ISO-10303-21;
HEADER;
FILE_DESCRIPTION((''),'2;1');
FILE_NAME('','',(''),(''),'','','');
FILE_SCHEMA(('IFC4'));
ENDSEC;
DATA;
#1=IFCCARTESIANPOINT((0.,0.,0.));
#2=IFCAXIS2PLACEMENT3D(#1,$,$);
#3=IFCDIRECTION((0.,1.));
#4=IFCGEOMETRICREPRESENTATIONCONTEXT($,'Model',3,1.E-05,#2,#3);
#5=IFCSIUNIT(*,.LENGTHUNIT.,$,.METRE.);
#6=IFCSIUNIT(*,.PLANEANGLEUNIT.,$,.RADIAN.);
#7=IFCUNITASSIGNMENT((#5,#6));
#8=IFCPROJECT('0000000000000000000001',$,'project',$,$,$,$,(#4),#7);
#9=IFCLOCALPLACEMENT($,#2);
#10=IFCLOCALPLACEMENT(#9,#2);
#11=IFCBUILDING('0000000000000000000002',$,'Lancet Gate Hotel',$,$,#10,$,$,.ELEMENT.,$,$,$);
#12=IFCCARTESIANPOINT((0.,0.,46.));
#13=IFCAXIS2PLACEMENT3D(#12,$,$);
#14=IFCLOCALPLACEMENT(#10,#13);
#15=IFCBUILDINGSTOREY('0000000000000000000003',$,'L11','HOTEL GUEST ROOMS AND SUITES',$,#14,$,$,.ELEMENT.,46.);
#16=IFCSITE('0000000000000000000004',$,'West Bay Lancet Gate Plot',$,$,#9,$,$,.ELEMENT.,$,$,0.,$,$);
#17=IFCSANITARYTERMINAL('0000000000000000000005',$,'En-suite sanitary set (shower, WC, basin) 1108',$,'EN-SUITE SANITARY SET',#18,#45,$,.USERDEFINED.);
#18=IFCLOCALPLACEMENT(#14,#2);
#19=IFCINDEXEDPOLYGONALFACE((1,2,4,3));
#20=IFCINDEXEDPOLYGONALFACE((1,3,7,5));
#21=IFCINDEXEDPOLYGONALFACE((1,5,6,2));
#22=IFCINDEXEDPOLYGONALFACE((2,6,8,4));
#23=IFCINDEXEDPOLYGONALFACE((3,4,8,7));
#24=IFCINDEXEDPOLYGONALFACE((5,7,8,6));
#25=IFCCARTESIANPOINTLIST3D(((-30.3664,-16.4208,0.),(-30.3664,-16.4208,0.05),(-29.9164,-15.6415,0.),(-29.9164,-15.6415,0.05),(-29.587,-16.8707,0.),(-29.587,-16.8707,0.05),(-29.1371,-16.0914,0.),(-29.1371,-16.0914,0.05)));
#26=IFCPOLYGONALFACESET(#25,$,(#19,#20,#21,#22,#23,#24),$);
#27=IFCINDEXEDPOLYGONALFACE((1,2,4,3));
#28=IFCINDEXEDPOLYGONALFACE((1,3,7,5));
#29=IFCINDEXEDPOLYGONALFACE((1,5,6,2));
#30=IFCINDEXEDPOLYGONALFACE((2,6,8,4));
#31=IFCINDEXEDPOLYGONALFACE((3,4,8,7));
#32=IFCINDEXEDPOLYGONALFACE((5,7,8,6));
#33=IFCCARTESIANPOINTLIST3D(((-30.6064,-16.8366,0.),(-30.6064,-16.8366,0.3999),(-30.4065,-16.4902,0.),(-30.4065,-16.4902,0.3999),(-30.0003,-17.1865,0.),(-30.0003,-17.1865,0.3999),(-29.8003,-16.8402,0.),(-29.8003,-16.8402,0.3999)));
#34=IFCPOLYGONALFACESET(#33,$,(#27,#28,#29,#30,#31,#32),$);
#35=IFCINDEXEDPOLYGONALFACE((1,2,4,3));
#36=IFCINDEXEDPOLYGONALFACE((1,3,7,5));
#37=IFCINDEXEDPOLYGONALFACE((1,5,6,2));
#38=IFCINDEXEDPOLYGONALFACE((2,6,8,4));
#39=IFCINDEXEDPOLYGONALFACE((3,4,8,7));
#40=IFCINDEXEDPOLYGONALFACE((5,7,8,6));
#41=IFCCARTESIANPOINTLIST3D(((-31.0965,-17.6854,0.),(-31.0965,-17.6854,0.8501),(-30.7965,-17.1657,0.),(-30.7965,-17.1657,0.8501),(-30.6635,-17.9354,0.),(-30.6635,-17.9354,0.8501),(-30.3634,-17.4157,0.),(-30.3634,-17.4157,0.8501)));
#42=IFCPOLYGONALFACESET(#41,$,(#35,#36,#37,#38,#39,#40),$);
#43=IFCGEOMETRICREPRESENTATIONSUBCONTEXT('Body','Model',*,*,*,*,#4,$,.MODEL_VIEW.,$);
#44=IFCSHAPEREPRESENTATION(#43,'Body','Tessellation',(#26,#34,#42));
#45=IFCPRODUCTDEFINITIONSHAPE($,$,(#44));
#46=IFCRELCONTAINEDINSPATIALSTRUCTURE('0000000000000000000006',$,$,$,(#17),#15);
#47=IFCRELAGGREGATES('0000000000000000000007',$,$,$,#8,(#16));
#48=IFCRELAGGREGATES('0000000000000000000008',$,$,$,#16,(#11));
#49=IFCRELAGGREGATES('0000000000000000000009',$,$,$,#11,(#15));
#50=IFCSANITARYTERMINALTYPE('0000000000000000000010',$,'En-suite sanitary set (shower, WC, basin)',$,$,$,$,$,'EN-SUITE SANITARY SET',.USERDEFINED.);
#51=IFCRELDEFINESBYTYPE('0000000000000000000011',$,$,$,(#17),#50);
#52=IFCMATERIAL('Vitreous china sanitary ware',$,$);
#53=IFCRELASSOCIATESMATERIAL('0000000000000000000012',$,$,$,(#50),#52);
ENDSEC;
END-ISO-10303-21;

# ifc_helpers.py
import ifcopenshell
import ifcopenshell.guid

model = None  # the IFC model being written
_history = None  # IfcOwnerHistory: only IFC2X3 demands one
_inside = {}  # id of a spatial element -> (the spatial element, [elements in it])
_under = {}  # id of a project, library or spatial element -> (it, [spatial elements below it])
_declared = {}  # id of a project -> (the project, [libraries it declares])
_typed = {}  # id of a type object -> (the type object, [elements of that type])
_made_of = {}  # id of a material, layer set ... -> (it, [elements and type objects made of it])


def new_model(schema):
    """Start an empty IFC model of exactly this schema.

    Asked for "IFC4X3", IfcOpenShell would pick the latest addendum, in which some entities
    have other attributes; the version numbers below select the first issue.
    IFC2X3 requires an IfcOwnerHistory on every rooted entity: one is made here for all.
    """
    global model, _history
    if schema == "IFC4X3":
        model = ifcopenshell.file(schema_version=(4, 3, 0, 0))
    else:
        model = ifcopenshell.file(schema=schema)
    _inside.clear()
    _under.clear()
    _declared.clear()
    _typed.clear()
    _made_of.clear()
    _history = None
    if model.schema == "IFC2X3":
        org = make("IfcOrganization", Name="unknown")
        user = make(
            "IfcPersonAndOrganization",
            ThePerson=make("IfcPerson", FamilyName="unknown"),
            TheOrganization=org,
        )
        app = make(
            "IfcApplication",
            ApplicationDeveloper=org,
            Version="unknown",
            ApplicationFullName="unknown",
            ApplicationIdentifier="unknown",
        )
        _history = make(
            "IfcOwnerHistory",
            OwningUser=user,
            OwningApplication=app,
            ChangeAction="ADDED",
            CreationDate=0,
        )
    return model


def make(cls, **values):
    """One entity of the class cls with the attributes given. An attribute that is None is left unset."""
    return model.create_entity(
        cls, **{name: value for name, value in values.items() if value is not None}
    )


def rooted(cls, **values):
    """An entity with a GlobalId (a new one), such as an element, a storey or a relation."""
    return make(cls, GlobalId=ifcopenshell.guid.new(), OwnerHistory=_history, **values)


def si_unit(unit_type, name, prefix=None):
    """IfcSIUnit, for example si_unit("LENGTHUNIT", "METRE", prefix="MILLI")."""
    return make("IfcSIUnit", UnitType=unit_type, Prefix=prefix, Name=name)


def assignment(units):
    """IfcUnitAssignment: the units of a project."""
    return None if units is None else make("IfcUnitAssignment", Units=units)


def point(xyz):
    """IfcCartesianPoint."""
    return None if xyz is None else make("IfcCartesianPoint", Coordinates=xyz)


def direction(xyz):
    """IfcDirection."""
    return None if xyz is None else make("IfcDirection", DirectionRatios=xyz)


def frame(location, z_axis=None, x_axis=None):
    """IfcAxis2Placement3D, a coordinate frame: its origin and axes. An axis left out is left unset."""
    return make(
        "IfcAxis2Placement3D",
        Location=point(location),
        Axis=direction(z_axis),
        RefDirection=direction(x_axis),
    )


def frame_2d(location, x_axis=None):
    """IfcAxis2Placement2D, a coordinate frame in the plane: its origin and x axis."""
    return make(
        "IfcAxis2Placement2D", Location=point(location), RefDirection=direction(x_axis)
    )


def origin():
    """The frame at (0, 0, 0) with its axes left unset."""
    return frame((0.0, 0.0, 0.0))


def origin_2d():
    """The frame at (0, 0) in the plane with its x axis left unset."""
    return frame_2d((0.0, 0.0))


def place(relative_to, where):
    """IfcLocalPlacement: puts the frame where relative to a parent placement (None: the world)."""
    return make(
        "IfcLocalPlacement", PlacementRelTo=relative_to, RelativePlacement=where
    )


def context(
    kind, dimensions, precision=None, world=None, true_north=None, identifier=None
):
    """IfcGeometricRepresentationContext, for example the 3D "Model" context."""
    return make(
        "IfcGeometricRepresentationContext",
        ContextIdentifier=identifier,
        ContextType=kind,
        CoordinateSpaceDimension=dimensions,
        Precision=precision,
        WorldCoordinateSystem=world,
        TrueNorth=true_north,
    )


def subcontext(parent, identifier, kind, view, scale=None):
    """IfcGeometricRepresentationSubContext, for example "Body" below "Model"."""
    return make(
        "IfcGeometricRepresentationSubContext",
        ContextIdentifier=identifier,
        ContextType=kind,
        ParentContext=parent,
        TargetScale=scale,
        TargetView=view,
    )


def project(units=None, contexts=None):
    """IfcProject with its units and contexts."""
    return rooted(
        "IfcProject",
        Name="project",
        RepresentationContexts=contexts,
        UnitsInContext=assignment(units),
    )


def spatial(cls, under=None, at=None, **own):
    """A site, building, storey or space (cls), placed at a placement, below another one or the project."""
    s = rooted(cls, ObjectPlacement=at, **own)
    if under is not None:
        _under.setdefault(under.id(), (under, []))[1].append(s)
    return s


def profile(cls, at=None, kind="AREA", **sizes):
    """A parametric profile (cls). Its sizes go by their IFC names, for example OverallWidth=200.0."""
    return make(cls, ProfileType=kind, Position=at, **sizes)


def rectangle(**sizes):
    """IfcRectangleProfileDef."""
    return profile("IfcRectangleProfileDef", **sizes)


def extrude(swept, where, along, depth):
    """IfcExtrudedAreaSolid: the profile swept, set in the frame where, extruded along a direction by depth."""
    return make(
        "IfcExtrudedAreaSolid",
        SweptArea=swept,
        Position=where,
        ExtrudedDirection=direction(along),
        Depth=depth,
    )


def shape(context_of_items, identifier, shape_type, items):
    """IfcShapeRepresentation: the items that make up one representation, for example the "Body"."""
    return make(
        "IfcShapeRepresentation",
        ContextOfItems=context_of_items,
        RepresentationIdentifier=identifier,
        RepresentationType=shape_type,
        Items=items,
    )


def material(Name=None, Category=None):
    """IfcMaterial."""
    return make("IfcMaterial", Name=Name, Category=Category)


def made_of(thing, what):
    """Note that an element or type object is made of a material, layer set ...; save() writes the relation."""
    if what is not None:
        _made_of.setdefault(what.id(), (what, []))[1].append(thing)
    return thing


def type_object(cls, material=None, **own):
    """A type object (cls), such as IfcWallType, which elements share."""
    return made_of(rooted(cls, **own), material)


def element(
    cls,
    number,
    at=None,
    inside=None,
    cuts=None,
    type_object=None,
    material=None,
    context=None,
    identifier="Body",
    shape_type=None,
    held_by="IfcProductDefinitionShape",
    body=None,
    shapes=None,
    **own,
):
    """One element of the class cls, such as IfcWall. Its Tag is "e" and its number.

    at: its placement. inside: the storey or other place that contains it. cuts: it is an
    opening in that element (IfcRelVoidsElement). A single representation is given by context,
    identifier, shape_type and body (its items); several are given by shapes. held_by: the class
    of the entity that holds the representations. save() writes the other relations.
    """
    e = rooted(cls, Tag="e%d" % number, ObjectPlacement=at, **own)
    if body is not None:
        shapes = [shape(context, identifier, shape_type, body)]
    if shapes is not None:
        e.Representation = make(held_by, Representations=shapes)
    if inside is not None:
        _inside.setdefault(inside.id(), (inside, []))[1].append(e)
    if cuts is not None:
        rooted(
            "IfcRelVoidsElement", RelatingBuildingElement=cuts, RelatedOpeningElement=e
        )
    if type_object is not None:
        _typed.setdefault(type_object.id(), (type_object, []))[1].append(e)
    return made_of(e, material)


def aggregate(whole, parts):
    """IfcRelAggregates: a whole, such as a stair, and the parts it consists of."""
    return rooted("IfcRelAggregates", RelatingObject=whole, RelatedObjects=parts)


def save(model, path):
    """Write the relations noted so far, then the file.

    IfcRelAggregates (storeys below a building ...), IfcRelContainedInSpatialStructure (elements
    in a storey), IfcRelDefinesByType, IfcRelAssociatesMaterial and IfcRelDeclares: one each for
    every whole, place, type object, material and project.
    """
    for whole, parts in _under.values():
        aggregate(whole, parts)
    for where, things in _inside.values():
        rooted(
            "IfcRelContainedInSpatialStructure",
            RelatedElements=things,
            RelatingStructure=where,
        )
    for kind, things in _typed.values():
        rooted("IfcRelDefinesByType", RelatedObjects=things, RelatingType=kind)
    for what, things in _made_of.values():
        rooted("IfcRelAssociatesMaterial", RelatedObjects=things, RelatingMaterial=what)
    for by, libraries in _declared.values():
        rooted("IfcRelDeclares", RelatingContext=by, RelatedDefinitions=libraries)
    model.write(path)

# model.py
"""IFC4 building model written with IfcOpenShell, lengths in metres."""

from ifc_helpers import new_model, si_unit, direction, frame, origin, origin_2d, place, context, subcontext, project, spatial, rectangle, extrude, material, type_object, element, save


model = new_model("IFC4")

# Units and contexts
model_context = context("Model", 3, precision=1e-05, world=origin(), true_north=direction((0.0, 1.0)))
body_context = subcontext(model_context, "Body", "Model", "MODEL_VIEW")
ifc_project = project(units=[si_unit("LENGTHUNIT", "METRE"), si_unit("PLANEANGLEUNIT", "RADIAN")], contexts=[model_context])

# Site, building, storey
site_placement = place(None, origin())
site = spatial("IfcSite", under=ifc_project, at=site_placement, Name="West Bay Lancet Gate Plot", CompositionType="ELEMENT", RefElevation=0.0)
building_placement = place(site_placement, origin())
building = spatial("IfcBuilding", under=site, at=building_placement, Name="Lancet Gate Hotel", CompositionType="ELEMENT")
storey_placement = place(building_placement, frame((0.0, 0.0, 46.0)))
storey = spatial("IfcBuildingStorey", under=building, at=storey_placement, Name="L11", Description="HOTEL GUEST ROOMS AND SUITES", CompositionType="ELEMENT", Elevation=46.0)

# Sanitary terminal
ifc_material_1 = material(Name="Vitreous china sanitary ware")
sanitary_terminal_type = type_object("IfcSanitaryTerminalType", Name="En-suite sanitary set (shower, WC, basin)", ElementType="EN-SUITE SANITARY SET", PredefinedType="USERDEFINED", material=ifc_material_1)
sanitary_terminal_placement = place(storey_placement, frame((-29.7517, -16.2561, 0.0), z_axis=(0.0, 0.0, 1.0), x_axis=(1.0, 0.0, 0.0)))
element("IfcSanitaryTerminal", 1, at=sanitary_terminal_placement, inside=storey, type_object=sanitary_terminal_type, Name="En-suite sanitary set (shower, WC, basin) 1108", ObjectType="EN-SUITE SANITARY SET", PredefinedType="USERDEFINED", context=body_context, shape_type="SweptSolid", body=[
    extrude(rectangle(XDim=0.8999, YDim=0.8999, at=origin_2d()), frame((0.0, 0.0, 0.0), z_axis=(0.0, 0.0, 1.0), x_axis=(0.5, 0.866025, 0.0)), (0.0, 0.0, 1.0), 0.05),
    extrude(rectangle(XDim=0.3999, YDim=0.7, at=origin_2d()), frame((-0.4517, -0.5823, 0.0), z_axis=(0.0, 0.0, 1.0), x_axis=(0.5, 0.866025, 0.0)), (0.0, 0.0, 1.0), 0.3999),
    extrude(rectangle(XDim=0.6001, YDim=0.5, at=origin_2d()), frame((-0.9783, -1.2944, 0.0), z_axis=(0.0, 0.0, 1.0), x_axis=(0.5, 0.866025, 0.0)), (0.0, 0.0, 1.0), 0.8501),
])

save(model, "model.ifc")
